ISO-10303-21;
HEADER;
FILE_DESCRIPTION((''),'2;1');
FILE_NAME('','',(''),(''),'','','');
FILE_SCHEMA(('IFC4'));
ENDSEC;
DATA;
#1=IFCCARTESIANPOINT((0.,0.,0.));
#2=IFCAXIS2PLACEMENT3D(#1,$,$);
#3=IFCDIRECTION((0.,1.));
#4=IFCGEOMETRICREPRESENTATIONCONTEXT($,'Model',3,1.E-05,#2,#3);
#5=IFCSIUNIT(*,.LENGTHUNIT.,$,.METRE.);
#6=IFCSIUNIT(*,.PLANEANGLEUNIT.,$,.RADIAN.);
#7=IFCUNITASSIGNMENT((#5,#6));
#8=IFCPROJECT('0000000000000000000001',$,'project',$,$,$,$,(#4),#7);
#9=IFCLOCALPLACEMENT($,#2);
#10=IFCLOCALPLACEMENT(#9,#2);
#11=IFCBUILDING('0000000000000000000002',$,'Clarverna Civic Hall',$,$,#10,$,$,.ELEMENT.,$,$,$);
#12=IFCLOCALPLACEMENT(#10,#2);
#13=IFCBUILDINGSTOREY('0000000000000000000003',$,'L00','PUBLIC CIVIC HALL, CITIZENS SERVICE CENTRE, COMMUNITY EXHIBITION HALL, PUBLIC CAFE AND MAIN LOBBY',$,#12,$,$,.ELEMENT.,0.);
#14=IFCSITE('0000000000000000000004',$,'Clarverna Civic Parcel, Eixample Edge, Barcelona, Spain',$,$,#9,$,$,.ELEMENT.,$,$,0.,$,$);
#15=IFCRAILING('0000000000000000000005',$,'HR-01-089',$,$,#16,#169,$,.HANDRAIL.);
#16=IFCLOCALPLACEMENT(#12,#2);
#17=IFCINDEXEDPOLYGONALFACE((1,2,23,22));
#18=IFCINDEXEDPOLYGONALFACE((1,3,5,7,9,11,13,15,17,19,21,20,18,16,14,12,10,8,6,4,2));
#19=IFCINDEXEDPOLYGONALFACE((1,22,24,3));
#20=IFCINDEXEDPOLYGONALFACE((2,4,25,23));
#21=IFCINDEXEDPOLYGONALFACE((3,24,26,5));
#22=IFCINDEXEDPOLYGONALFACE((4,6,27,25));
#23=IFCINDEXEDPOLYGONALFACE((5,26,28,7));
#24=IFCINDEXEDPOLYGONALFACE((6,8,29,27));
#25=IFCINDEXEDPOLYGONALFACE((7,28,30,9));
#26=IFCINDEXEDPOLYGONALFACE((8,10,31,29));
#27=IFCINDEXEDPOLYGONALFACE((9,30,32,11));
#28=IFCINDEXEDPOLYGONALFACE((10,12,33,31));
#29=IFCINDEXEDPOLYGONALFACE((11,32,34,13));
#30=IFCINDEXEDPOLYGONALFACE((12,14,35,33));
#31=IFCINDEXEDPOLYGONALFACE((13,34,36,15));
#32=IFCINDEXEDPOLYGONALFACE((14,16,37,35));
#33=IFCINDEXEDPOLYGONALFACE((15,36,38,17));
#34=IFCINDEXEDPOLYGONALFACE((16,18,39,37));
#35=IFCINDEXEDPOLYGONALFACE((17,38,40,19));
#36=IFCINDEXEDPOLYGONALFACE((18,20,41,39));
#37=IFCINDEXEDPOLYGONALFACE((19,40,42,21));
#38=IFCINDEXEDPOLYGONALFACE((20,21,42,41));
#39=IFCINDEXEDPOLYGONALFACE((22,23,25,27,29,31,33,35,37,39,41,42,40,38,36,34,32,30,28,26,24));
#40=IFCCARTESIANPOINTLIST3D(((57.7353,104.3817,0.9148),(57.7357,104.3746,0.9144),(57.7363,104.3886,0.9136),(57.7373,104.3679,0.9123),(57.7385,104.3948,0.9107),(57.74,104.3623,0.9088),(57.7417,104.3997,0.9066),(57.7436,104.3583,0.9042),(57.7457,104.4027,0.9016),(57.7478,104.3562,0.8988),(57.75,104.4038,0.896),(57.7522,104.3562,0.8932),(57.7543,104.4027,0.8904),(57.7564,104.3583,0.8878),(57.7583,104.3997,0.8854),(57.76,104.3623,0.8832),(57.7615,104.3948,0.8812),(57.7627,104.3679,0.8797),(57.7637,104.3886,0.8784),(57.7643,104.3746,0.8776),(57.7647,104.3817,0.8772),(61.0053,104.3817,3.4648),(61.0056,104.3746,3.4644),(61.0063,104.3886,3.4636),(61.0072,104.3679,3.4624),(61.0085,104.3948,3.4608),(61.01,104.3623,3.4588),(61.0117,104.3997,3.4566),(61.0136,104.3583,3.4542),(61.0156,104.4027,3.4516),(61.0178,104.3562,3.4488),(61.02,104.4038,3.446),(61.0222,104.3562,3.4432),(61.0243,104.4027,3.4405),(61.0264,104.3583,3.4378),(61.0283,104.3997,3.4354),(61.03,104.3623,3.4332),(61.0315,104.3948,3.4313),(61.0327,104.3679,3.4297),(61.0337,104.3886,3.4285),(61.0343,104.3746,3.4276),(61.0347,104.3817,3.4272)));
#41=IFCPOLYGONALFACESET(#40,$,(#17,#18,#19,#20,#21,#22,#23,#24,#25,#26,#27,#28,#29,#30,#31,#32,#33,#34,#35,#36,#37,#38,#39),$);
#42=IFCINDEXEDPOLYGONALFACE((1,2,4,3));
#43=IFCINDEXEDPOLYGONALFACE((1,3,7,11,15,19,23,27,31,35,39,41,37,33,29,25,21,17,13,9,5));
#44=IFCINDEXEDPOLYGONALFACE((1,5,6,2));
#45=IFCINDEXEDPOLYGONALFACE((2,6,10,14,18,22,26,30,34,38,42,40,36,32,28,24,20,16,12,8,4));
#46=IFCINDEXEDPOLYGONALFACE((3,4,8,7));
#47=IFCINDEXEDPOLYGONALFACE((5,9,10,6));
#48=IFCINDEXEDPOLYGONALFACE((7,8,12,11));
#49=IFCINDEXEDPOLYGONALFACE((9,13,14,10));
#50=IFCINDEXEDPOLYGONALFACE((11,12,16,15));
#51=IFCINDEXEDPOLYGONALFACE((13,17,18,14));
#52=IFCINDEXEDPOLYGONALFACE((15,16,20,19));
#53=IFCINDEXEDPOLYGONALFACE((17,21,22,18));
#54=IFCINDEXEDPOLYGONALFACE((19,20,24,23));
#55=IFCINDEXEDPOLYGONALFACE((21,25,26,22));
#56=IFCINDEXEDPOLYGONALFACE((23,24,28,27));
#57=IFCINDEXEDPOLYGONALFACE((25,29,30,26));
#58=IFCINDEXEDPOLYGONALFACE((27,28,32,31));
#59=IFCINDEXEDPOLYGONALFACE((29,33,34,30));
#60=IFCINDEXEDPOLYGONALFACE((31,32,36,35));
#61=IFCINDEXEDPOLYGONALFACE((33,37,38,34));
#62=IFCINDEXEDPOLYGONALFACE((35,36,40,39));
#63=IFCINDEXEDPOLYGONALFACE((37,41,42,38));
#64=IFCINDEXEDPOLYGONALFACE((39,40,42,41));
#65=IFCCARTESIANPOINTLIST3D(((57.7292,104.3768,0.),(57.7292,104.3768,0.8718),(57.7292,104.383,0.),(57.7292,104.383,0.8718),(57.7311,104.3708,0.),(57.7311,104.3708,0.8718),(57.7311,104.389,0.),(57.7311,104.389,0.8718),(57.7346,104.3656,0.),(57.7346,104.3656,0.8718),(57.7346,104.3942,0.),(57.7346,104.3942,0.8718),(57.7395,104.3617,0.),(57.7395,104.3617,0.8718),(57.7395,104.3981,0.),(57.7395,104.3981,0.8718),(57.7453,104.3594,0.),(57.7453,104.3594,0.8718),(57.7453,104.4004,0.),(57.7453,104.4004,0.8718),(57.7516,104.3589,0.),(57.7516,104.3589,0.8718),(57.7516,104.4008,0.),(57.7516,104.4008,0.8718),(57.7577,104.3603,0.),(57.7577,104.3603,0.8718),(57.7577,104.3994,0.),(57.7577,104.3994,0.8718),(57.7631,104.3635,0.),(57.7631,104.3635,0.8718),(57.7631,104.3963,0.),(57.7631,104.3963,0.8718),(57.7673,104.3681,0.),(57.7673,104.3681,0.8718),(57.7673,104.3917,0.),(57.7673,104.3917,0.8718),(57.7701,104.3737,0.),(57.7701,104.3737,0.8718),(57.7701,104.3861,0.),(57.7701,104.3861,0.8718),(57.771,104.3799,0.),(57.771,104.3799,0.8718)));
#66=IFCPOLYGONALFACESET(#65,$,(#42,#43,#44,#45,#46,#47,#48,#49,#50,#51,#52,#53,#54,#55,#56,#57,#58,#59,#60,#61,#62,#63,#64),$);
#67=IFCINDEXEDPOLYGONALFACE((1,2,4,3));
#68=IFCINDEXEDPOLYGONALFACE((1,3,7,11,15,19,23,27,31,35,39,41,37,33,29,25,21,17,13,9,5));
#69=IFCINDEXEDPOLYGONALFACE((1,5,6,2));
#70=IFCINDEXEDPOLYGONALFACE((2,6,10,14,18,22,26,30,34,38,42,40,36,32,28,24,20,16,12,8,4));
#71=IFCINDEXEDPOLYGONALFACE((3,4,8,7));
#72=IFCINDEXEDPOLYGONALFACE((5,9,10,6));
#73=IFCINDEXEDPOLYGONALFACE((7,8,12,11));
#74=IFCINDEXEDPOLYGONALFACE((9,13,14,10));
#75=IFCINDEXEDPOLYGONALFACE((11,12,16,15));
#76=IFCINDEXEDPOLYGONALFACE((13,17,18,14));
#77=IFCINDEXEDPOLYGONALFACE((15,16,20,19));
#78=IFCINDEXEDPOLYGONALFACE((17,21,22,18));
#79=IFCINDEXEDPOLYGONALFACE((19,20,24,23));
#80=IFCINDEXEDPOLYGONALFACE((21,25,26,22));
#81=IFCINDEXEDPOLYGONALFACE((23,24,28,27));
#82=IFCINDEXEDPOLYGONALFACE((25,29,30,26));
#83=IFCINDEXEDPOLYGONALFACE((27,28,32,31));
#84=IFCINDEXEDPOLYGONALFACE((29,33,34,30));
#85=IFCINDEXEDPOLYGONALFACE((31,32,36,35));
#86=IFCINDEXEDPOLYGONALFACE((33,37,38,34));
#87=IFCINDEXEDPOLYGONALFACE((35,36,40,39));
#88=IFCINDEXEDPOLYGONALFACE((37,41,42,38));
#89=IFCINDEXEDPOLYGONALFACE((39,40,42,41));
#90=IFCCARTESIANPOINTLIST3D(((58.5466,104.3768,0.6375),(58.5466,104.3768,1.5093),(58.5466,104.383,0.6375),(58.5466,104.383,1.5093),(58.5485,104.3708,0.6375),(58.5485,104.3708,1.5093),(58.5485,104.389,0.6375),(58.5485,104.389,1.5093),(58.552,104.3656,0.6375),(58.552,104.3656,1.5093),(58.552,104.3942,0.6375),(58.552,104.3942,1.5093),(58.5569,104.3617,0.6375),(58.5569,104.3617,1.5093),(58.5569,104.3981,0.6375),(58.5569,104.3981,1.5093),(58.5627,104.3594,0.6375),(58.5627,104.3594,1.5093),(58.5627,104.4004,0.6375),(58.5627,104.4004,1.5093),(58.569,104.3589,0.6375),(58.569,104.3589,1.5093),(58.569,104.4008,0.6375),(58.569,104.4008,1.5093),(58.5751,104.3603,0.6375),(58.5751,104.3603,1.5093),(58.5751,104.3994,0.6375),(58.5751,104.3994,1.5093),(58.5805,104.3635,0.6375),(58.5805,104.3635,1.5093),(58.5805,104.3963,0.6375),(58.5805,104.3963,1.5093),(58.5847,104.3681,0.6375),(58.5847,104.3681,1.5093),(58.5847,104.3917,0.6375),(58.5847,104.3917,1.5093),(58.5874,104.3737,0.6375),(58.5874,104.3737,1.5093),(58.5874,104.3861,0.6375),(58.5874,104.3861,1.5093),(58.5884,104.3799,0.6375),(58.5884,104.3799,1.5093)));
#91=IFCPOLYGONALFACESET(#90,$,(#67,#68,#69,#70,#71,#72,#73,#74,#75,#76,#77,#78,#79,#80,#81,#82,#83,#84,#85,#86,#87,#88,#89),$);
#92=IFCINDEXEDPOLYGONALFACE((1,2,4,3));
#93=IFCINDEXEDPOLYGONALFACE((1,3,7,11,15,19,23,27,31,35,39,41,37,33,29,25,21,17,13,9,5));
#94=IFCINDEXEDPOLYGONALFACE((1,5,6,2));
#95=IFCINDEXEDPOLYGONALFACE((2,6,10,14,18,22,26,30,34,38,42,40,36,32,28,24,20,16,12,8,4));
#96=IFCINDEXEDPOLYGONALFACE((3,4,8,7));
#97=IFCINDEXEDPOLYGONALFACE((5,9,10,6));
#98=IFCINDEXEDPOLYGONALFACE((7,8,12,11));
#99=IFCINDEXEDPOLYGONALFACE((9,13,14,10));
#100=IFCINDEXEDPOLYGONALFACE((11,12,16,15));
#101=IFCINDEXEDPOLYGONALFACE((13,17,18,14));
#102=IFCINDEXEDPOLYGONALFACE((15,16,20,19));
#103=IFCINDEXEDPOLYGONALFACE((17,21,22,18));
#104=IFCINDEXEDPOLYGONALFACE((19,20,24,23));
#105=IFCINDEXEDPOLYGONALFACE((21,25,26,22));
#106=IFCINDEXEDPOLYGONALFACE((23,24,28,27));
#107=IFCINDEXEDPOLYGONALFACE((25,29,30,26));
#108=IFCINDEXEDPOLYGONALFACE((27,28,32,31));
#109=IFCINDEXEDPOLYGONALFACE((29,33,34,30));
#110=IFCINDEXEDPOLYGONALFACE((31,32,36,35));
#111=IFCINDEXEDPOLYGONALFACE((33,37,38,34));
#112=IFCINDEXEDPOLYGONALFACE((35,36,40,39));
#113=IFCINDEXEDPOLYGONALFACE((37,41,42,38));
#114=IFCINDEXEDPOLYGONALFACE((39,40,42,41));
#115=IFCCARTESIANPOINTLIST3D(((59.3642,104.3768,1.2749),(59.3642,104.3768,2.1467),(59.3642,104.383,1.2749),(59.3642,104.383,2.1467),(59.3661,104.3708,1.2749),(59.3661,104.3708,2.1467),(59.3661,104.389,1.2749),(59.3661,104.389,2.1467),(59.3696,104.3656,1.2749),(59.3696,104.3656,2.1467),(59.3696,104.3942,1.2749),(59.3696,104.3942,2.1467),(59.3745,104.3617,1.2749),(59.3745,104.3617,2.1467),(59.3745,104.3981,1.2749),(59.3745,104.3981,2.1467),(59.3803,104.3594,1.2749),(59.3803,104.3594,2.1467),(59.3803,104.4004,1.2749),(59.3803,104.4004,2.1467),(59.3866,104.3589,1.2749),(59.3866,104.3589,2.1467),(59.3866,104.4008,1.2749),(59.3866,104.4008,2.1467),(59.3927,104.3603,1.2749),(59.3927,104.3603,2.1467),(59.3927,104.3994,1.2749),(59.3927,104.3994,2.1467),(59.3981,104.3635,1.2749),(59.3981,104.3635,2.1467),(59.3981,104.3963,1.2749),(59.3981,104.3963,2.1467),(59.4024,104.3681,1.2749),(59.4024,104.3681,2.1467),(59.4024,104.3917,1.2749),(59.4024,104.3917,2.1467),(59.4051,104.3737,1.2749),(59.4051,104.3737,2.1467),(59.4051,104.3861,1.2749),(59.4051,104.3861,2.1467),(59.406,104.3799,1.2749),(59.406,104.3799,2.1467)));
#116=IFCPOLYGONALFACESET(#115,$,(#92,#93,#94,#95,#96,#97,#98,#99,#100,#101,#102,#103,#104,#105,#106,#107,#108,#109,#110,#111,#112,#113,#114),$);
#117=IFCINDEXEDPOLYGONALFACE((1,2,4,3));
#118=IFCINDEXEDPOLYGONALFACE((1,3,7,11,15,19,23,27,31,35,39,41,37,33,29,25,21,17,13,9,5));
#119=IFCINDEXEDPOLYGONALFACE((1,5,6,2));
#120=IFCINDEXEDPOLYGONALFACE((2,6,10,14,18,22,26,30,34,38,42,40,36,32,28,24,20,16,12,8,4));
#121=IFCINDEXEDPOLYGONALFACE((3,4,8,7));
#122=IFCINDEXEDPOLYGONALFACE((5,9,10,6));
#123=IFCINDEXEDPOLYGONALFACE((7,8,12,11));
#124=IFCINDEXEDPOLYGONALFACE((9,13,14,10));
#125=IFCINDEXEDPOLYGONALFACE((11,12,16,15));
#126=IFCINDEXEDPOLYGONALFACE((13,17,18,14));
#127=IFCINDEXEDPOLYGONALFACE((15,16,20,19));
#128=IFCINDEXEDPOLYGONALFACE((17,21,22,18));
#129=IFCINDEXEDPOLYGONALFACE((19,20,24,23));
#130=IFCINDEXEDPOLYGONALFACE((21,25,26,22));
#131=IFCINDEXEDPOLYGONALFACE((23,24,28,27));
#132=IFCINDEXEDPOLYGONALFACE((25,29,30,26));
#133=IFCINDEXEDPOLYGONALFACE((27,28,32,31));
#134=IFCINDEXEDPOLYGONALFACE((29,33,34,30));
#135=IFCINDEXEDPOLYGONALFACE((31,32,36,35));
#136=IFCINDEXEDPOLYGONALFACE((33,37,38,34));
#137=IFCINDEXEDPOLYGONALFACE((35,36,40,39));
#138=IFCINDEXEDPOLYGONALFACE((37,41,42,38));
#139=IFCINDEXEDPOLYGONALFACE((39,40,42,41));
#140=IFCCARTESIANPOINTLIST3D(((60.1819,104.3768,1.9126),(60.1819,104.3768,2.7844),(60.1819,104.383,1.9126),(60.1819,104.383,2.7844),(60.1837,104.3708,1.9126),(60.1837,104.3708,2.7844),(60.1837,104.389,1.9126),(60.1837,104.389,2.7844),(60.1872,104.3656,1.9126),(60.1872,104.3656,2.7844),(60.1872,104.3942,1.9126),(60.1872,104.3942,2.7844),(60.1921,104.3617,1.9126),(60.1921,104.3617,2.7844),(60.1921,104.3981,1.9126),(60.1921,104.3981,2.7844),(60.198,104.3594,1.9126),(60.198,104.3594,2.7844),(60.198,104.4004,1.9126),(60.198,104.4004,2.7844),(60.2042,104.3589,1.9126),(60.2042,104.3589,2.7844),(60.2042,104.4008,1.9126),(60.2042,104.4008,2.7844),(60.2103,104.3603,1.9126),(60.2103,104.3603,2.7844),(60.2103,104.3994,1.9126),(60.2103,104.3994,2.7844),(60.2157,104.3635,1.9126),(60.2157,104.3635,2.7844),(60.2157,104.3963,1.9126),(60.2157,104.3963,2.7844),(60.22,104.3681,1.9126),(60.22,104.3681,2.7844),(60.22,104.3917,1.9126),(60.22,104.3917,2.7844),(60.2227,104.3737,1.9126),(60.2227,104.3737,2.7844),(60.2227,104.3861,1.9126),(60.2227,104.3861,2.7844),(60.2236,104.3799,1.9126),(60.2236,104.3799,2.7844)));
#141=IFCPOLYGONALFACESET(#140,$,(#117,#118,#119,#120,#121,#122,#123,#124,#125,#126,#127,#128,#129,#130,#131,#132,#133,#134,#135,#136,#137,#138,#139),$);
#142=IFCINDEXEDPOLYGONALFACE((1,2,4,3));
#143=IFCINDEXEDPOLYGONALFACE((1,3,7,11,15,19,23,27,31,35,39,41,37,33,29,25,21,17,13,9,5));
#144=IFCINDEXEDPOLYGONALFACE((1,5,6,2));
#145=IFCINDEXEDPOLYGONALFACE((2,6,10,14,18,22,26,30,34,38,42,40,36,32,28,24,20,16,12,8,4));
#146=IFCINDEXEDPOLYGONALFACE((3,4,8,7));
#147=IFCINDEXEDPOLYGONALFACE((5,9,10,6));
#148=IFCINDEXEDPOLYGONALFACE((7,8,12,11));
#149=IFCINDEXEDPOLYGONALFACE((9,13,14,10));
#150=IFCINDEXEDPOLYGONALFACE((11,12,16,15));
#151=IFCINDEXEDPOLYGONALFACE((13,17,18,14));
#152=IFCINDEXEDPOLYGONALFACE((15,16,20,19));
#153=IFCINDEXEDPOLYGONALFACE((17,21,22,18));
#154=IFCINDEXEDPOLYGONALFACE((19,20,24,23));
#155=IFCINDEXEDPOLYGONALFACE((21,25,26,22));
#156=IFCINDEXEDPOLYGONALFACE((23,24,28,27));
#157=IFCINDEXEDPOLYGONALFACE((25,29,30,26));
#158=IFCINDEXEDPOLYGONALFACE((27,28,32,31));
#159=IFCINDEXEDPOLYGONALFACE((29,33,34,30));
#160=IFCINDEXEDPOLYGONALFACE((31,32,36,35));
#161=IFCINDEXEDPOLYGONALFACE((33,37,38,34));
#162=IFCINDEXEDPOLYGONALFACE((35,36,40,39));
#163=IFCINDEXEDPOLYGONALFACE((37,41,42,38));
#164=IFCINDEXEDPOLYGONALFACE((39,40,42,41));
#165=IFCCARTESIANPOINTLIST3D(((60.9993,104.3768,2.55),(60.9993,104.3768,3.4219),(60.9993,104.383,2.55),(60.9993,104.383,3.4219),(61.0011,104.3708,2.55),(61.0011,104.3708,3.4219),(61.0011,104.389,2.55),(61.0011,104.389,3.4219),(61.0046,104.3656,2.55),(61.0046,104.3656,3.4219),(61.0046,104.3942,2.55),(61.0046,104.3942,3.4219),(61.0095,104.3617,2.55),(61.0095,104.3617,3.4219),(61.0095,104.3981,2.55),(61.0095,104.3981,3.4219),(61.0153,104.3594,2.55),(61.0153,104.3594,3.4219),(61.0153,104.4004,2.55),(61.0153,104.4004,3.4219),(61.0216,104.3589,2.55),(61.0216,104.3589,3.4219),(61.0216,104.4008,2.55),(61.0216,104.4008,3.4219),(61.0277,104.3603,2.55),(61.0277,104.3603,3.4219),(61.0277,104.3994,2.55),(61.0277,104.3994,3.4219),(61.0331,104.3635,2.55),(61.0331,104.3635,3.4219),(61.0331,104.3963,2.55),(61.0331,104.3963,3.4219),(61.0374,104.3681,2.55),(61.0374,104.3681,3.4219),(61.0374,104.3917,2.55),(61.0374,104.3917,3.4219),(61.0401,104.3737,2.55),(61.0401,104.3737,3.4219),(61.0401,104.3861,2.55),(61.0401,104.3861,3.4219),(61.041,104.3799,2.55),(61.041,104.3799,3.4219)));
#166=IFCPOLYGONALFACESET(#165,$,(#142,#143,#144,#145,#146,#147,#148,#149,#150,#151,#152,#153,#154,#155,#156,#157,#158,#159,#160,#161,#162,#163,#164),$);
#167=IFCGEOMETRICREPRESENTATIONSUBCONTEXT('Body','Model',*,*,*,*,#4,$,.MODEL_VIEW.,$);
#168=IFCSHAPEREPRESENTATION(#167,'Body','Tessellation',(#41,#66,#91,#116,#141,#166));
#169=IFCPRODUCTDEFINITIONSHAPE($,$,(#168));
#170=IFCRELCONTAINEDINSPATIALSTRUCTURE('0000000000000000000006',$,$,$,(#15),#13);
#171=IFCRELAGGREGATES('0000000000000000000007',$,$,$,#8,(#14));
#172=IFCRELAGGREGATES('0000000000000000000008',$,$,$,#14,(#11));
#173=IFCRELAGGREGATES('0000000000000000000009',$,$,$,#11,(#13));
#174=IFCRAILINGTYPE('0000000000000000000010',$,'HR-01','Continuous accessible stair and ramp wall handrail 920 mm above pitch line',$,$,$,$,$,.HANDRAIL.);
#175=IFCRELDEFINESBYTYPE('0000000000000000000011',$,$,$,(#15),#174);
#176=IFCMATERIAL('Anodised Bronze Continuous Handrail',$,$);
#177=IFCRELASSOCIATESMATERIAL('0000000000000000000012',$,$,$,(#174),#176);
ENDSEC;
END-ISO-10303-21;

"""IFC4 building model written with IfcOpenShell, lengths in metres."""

from ifc_helpers import new_model, si_unit, direction, frame, origin, origin_2d, place, context, subcontext, project, spatial, circle, extrude, material, type_object, element, save


model = new_model("IFC4")

# Units and contexts
model_context = context("Model", 3, precision=1e-05, world=origin(), true_north=direction((0.0, 1.0)))
body_context = subcontext(model_context, "Body", "Model", "MODEL_VIEW")
ifc_project = project(units=[si_unit("LENGTHUNIT", "METRE"), si_unit("PLANEANGLEUNIT", "RADIAN")], contexts=[model_context])

# Site, building, storey
site_placement = place(None, origin())
site = spatial("IfcSite", under=ifc_project, at=site_placement, Name="Clarverna Civic Parcel, Eixample Edge, Barcelona, Spain", CompositionType="ELEMENT", RefElevation=0.0)
building_placement = place(site_placement, origin())
building = spatial("IfcBuilding", under=site, at=building_placement, Name="Clarverna Civic Hall", CompositionType="ELEMENT")
storey_placement = place(building_placement, origin())
storey = spatial("IfcBuildingStorey", under=building, at=storey_placement, Name="L00", Description="PUBLIC CIVIC HALL, CITIZENS SERVICE CENTRE, COMMUNITY EXHIBITION HALL, PUBLIC CAFE AND MAIN LOBBY", CompositionType="ELEMENT", Elevation=0.0)

# Railing
ifc_material_1 = material(Name="Anodised Bronze Continuous Handrail")
railing_type_1 = type_object("IfcRailingType", Name="HR-01", Description="Continuous accessible stair and ramp wall handrail 920 mm above pitch line", PredefinedType="HANDRAIL", material=ifc_material_1)
railing_1_placement = place(storey_placement, frame((57.75, 104.3799, 0.0)))
element("IfcRailing", 1, at=railing_1_placement, inside=storey, type_object=railing_type_1, Name="HR-01-089", PredefinedType="HANDRAIL", context=body_context, shape_type="SweptSolid", body=[
    extrude(circle(Radius=0.0239, at=origin_2d()), frame((0.0, 0.0, 0.896), z_axis=(0.788569, 0.0, 0.614947), x_axis=(0.0, 1.0, 0.0)), (0.0, 0.0, 1.0), 4.1467),
    extrude(circle(Radius=0.021, at=origin_2d()), origin(), (0.0, 0.0, 1.0), 0.8718),
    extrude(circle(Radius=0.021, at=origin_2d()), frame((0.8174, 0.0, 0.6375)), (0.0, 0.0, 1.0), 0.8718),
    extrude(circle(Radius=0.021, at=origin_2d()), frame((1.635, 0.0, 1.2749)), (0.0, 0.0, 1.0), 0.8718),
    extrude(circle(Radius=0.021, at=origin_2d()), frame((2.4526, 0.0, 1.9126)), (0.0, 0.0, 1.0), 0.8718),
    extrude(circle(Radius=0.021, at=origin_2d()), frame((3.27, 0.0, 2.55)), (0.0, 0.0, 1.0), 0.8718),
])

save(model, "model.ifc")
